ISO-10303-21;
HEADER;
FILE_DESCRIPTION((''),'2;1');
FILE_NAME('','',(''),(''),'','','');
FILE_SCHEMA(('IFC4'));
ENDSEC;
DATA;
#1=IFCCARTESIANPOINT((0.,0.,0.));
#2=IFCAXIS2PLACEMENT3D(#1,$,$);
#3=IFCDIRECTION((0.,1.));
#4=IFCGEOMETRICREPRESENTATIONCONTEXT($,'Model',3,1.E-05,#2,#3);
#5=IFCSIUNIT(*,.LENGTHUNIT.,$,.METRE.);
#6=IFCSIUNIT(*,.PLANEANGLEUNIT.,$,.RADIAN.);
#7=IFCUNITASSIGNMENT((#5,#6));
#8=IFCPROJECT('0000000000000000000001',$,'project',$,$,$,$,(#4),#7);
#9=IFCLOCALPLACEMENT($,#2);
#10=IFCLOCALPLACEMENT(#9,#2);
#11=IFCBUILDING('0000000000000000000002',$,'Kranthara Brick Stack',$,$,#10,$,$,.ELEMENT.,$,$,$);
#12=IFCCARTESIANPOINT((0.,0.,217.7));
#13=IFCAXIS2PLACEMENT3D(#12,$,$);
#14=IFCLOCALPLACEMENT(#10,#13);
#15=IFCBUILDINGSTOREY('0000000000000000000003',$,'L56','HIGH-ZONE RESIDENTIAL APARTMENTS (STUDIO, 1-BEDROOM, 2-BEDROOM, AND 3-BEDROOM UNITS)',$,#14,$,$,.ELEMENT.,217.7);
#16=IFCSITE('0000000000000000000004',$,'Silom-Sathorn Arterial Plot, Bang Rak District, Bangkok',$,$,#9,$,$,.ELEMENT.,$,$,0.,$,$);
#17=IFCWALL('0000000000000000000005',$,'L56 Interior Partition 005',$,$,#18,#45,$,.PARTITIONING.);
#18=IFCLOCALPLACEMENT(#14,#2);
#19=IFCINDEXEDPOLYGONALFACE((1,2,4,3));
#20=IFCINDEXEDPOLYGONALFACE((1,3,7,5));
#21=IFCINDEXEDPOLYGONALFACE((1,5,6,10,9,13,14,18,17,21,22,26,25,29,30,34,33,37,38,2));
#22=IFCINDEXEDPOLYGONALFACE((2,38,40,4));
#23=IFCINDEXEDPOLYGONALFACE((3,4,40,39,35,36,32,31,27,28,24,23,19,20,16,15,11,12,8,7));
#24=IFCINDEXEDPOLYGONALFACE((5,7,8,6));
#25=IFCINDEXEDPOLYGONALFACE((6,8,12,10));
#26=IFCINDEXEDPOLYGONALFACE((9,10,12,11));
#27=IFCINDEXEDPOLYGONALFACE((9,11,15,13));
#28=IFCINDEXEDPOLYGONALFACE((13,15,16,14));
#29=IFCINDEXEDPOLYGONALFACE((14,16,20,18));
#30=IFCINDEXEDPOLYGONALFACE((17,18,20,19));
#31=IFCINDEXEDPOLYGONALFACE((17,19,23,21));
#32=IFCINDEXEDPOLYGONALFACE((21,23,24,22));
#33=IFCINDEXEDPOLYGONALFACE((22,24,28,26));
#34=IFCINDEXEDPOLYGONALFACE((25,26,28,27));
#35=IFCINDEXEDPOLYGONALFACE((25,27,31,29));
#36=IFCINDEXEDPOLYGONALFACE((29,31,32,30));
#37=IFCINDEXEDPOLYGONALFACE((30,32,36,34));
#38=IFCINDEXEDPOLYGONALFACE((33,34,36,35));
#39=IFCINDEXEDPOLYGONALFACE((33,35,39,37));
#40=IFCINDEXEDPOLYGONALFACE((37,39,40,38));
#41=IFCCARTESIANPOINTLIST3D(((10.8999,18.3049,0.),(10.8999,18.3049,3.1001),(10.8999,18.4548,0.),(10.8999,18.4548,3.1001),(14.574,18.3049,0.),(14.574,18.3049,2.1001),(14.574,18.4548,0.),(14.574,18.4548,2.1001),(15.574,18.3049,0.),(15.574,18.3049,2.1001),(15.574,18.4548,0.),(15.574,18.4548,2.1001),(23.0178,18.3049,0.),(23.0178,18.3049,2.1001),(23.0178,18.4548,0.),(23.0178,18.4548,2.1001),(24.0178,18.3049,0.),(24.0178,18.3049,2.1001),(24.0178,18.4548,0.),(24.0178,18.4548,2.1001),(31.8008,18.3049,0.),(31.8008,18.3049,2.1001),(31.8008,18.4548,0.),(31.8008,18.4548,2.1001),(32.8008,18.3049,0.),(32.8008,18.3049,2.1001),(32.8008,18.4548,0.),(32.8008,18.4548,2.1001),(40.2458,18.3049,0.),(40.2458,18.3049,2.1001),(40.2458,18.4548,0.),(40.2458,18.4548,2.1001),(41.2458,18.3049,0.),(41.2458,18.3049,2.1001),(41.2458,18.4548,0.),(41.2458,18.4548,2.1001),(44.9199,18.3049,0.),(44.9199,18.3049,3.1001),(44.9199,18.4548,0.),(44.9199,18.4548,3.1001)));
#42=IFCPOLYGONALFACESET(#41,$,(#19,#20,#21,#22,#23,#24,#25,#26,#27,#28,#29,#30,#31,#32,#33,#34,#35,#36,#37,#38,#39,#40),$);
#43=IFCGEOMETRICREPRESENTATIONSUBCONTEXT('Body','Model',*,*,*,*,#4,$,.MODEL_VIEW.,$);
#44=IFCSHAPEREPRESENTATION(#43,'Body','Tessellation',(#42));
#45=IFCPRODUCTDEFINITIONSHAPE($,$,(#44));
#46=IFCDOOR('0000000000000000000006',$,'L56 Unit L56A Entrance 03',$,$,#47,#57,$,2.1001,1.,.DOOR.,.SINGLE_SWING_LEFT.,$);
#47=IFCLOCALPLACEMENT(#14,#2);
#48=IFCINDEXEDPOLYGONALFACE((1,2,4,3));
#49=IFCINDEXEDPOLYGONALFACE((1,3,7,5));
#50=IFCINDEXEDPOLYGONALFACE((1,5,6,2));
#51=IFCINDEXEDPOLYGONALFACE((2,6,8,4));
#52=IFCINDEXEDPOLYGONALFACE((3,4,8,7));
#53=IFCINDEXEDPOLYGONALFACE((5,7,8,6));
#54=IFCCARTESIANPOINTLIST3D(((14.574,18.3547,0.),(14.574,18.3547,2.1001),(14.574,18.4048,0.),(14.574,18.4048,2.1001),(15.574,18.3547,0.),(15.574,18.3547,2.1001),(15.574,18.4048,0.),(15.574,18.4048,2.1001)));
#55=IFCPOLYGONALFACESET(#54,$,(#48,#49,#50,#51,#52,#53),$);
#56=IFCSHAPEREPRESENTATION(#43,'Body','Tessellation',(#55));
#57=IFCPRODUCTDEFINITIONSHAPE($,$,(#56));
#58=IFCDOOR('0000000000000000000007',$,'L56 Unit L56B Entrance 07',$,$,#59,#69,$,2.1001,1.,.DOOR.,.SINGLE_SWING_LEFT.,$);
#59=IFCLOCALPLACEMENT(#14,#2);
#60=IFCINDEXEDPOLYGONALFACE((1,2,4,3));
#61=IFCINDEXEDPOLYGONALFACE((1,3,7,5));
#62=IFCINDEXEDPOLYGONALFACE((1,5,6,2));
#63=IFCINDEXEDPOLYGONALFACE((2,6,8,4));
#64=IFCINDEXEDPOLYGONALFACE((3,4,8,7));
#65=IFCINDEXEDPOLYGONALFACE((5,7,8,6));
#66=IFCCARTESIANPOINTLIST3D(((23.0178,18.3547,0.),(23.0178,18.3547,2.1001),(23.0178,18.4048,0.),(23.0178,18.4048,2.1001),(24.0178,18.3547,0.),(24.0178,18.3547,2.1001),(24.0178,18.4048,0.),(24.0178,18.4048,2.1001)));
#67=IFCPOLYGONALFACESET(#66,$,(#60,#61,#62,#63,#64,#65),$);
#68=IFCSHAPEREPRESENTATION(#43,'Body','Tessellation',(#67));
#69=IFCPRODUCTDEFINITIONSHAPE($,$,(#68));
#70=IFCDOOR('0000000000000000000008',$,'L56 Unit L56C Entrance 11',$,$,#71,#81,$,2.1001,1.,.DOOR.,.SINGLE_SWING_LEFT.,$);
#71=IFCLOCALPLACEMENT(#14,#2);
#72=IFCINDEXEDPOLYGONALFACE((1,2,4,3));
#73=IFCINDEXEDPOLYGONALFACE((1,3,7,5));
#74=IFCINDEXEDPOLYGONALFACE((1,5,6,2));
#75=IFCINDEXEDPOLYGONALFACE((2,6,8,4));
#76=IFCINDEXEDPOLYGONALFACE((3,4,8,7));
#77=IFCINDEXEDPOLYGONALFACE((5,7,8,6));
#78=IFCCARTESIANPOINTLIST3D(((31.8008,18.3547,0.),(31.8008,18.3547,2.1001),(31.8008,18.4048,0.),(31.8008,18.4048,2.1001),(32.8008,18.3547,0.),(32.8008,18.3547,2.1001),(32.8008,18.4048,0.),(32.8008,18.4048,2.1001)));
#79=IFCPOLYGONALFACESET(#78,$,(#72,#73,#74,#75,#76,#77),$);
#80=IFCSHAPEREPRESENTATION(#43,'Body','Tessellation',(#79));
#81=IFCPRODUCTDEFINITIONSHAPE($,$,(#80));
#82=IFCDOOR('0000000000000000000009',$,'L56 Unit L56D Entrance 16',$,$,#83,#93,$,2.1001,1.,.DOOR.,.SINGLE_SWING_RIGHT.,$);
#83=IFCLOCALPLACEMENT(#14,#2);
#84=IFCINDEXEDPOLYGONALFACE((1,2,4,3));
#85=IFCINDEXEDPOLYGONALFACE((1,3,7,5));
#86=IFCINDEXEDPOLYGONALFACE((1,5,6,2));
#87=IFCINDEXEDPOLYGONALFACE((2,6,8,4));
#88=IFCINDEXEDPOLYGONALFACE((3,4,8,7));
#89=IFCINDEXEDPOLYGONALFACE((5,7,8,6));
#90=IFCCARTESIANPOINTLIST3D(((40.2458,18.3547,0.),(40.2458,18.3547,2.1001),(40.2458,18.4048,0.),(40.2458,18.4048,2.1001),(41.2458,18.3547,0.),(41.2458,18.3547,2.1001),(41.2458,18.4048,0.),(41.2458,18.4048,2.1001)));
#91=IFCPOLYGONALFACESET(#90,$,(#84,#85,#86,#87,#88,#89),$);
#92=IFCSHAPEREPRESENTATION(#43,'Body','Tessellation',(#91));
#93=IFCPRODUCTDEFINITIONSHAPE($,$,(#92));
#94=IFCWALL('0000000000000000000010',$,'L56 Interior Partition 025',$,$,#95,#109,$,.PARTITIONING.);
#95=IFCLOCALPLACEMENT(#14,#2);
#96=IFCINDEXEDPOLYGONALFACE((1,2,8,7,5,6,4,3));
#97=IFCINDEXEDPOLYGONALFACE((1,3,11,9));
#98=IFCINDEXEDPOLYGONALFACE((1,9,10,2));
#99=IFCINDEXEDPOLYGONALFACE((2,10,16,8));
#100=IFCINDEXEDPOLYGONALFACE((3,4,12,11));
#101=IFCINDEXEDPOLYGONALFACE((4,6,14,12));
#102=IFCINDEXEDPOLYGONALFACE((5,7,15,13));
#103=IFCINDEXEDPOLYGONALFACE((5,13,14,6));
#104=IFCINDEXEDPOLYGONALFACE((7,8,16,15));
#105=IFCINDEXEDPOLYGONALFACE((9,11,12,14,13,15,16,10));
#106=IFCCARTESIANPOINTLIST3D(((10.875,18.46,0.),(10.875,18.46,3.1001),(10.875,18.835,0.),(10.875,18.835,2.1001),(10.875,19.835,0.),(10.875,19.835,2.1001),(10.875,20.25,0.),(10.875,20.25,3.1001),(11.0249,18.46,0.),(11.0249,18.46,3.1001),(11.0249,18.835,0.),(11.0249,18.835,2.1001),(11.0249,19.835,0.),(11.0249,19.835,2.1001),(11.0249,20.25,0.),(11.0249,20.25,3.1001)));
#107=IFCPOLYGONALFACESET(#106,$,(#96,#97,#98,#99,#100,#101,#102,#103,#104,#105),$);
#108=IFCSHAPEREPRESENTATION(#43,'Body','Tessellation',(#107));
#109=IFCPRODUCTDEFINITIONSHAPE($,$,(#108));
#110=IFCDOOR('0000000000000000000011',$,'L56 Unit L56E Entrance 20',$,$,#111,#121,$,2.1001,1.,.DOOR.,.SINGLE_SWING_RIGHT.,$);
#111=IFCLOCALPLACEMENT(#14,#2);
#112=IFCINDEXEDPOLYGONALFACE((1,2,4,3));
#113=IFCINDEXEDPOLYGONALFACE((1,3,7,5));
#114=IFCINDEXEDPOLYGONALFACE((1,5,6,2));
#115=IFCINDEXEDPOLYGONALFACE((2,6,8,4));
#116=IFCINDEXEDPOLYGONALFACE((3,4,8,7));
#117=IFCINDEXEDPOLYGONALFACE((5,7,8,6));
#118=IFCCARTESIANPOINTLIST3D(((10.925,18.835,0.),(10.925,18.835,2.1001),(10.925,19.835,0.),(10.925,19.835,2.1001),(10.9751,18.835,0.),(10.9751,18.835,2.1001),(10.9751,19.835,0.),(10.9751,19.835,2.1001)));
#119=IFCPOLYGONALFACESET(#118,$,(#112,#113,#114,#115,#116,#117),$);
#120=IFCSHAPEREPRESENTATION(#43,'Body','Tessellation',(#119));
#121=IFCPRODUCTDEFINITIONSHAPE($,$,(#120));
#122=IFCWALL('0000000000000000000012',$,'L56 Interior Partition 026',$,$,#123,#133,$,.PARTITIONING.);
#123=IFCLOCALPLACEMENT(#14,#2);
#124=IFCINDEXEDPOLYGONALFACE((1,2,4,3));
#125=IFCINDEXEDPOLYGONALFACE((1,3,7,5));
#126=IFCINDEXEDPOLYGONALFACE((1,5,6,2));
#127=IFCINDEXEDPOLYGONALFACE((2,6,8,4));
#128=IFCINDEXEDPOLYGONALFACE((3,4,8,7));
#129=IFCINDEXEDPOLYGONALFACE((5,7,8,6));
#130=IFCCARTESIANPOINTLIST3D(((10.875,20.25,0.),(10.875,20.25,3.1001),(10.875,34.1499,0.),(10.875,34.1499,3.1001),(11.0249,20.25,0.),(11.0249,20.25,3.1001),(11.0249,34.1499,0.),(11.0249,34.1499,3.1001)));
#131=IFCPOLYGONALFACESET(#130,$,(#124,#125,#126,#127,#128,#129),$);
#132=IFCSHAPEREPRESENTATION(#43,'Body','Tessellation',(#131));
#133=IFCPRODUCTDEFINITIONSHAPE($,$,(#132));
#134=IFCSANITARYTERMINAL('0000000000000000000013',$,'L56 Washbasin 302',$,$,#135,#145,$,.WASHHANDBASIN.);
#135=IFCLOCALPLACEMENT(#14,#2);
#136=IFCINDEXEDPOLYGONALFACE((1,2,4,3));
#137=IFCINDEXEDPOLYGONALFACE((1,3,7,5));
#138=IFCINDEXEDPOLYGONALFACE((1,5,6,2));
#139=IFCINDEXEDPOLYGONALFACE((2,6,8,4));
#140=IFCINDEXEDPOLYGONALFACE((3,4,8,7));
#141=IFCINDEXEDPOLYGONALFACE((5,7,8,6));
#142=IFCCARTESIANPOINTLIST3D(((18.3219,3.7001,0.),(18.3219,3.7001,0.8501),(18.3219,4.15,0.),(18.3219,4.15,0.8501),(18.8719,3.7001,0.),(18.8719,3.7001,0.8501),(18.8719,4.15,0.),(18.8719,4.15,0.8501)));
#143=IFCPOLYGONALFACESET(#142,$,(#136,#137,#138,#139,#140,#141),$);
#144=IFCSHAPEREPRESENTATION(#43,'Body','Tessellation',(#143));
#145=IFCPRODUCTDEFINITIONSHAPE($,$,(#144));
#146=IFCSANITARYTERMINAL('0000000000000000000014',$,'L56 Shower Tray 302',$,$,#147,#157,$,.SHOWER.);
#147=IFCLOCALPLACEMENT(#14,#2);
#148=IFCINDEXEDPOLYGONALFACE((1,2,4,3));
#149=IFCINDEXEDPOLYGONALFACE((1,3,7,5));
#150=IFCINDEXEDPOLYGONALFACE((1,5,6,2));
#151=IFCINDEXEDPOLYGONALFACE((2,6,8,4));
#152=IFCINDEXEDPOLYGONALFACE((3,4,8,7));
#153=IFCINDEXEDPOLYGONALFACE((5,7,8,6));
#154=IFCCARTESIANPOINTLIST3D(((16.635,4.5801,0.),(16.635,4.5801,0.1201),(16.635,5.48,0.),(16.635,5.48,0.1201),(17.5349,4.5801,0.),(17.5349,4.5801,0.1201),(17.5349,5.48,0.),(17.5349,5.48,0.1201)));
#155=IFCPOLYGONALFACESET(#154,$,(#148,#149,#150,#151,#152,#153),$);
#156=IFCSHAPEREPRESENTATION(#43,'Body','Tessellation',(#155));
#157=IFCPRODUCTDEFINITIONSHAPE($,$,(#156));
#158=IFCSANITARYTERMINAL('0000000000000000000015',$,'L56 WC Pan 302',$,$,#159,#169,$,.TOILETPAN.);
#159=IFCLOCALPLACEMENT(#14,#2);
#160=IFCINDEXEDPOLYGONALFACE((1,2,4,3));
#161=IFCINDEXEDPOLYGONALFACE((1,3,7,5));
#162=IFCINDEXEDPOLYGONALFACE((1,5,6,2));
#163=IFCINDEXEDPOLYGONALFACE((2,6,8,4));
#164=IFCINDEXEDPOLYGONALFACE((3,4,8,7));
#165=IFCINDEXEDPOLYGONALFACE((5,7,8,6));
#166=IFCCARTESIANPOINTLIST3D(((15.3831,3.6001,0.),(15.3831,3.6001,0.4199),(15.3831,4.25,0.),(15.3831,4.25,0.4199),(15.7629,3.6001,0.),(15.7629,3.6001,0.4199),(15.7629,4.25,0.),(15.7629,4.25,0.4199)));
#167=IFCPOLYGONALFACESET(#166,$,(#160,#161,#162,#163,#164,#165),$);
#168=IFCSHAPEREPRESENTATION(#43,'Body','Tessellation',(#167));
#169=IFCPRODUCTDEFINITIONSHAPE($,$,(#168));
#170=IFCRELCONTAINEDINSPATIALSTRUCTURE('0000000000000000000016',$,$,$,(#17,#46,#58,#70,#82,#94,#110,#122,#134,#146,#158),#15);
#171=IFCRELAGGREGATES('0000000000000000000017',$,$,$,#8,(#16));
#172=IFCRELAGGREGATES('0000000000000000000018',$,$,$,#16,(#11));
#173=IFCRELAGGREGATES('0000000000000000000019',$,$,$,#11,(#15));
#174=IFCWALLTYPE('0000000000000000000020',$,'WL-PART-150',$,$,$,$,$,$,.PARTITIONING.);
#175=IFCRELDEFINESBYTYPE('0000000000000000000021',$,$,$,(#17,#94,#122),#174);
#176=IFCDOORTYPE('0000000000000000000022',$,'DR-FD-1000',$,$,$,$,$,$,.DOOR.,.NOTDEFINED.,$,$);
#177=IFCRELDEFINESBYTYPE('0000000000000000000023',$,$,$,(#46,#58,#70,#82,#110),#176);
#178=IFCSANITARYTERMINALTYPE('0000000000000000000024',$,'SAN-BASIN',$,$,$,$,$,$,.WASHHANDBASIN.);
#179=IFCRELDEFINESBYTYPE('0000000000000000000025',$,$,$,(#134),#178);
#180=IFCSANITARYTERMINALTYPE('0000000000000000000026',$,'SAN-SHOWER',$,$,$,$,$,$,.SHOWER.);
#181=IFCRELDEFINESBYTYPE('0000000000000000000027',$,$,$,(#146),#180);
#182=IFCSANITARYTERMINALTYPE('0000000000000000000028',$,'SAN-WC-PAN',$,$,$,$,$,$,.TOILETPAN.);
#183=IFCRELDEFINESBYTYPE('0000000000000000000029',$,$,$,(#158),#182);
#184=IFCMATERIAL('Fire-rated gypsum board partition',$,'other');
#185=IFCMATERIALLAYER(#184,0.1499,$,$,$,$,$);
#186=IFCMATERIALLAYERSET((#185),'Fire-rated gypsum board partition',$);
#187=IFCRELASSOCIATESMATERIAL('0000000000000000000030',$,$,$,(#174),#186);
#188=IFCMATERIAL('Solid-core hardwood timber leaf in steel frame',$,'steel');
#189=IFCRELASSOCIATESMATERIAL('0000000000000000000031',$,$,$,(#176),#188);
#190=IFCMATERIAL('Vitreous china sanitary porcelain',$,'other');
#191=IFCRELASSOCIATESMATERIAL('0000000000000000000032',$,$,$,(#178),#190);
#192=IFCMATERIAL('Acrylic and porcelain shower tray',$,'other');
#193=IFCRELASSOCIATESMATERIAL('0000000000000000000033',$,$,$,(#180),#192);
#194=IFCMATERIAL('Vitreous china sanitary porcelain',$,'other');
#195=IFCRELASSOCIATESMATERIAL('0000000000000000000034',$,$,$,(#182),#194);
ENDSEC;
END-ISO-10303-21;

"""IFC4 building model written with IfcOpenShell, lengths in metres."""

from ifc_helpers import new_model, si_unit, direction, frame, frame_2d, origin, origin_2d, place, context, subcontext, project, spatial, rectangle, extrude, material, layer, layer_set, type_object, element, fill, save


model = new_model("IFC4")

# Units and contexts
model_context = context("Model", 3, precision=1e-05, world=origin(), true_north=direction((0.0, 1.0)))
body_context = subcontext(model_context, "Body", "Model", "MODEL_VIEW")
ifc_project = project(units=[si_unit("LENGTHUNIT", "METRE"), si_unit("PLANEANGLEUNIT", "RADIAN")], contexts=[model_context])

# Site, building, storey
site_placement = place(None, origin())
site = spatial("IfcSite", under=ifc_project, at=site_placement, Name="Silom-Sathorn Arterial Plot, Bang Rak District, Bangkok", CompositionType="ELEMENT", RefElevation=0.0)
building_placement = place(site_placement, origin())
building = spatial("IfcBuilding", under=site, at=building_placement, Name="Kranthara Brick Stack", CompositionType="ELEMENT")
storey_placement = place(building_placement, frame((0.0, 0.0, 217.7)))
storey = spatial("IfcBuildingStorey", under=building, at=storey_placement, Name="L56", Description="HIGH-ZONE RESIDENTIAL APARTMENTS (STUDIO, 1-BEDROOM, 2-BEDROOM, AND 3-BEDROOM UNITS)", CompositionType="ELEMENT", Elevation=217.7)

# Wall, openings, doors
ifc_material_1 = material(Name="Fire-rated gypsum board partition", Category="other")
ifc_layer_1 = layer(ifc_material_1, 0.1499)
ifc_layer_set_1 = layer_set([ifc_layer_1], Name="Fire-rated gypsum board partition")
wall_type_1 = type_object("IfcWallType", Name="WL-PART-150", PredefinedType="PARTITIONING", material=ifc_layer_set_1)
wall_1_placement = place(storey_placement, frame((10.8999, 18.3799, 0.0), z_axis=(0.0, 0.0, 1.0), x_axis=(1.0, 0.0, 0.0)))
wall_1 = element("IfcWall", 1, at=wall_1_placement, inside=storey, type_object=wall_type_1, Name="L56 Interior Partition 005", PredefinedType="PARTITIONING", context=body_context, shape_type="SweptSolid", body=[
    extrude(rectangle(XDim=34.02, YDim=0.1499, at=frame_2d((17.01, 0.0))), origin(), (0.0, 0.0, 1.0), 3.1001),
])
opening_1_placement = place(wall_1_placement, frame((3.6741, 0.0, 0.0)))
opening_1 = element("IfcOpeningElement", 2, at=opening_1_placement, cuts=wall_1, PredefinedType="OPENING", context=body_context, shape_type="SweptSolid", body=[
    extrude(rectangle(XDim=1.0, YDim=2.1001, at=frame_2d((0.5, 1.05))), frame((0.0, 0.085, 0.0), z_axis=(0.0, -1.0, 0.0), x_axis=(1.0, 0.0, 0.0)), (0.0, 0.0, 1.0), 0.1699),
])
opening_2_placement = place(wall_1_placement, frame((12.1179, 0.0, 0.0)))
opening_2 = element("IfcOpeningElement", 3, at=opening_2_placement, cuts=wall_1, PredefinedType="OPENING", context=body_context, shape_type="SweptSolid", body=[
    extrude(rectangle(XDim=1.0, YDim=2.1001, at=frame_2d((0.5, 1.05))), frame((0.0, 0.085, 0.0), z_axis=(0.0, -1.0, 0.0), x_axis=(1.0, 0.0, 0.0)), (0.0, 0.0, 1.0), 0.1699),
])
opening_3_placement = place(wall_1_placement, frame((20.9009, 0.0, 0.0)))
opening_3 = element("IfcOpeningElement", 4, at=opening_3_placement, cuts=wall_1, PredefinedType="OPENING", context=body_context, shape_type="SweptSolid", body=[
    extrude(rectangle(XDim=1.0, YDim=2.1001, at=frame_2d((0.5, 1.05))), frame((0.0, 0.085, 0.0), z_axis=(0.0, -1.0, 0.0), x_axis=(1.0, 0.0, 0.0)), (0.0, 0.0, 1.0), 0.1699),
])
opening_4_placement = place(wall_1_placement, frame((29.3459, 0.0, 0.0)))
opening_4 = element("IfcOpeningElement", 5, at=opening_4_placement, cuts=wall_1, PredefinedType="OPENING", context=body_context, shape_type="SweptSolid", body=[
    extrude(rectangle(XDim=1.0, YDim=2.1001, at=frame_2d((0.5, 1.05))), frame((0.0, 0.085, 0.0), z_axis=(0.0, -1.0, 0.0), x_axis=(1.0, 0.0, 0.0)), (0.0, 0.0, 1.0), 0.1699),
])
ifc_material_2 = material(Name="Solid-core hardwood timber leaf in steel frame", Category="steel")
door_type_1 = type_object("IfcDoorType", Name="DR-FD-1000", OperationType="NOTDEFINED", PredefinedType="DOOR", material=ifc_material_2)
door_1_placement = place(opening_1_placement, origin())
door_1 = element("IfcDoor", 6, at=door_1_placement, inside=storey, type_object=door_type_1, Name="L56 Unit L56A Entrance 03", OperationType="SINGLE_SWING_LEFT", OverallHeight=2.1001, OverallWidth=1.0, PredefinedType="DOOR", context=body_context, shape_type="SweptSolid", body=[
    extrude(rectangle(XDim=1.0, YDim=2.1001, at=frame_2d((0.5, 1.05))), frame((0.0, 0.0249, 0.0), z_axis=(0.0, -1.0, 0.0), x_axis=(1.0, 0.0, 0.0)), (0.0, 0.0, 1.0), 0.05),
])
fill(opening_1, door_1)
door_2_placement = place(opening_2_placement, origin())
door_2 = element("IfcDoor", 7, at=door_2_placement, inside=storey, type_object=door_type_1, Name="L56 Unit L56B Entrance 07", OperationType="SINGLE_SWING_LEFT", OverallHeight=2.1001, OverallWidth=1.0, PredefinedType="DOOR", context=body_context, shape_type="SweptSolid", body=[
    extrude(rectangle(XDim=1.0, YDim=2.1001, at=frame_2d((0.5, 1.05))), frame((0.0, 0.0249, 0.0), z_axis=(0.0, -1.0, 0.0), x_axis=(1.0, 0.0, 0.0)), (0.0, 0.0, 1.0), 0.05),
])
fill(opening_2, door_2)
door_3_placement = place(opening_3_placement, origin())
door_3 = element("IfcDoor", 8, at=door_3_placement, inside=storey, type_object=door_type_1, Name="L56 Unit L56C Entrance 11", OperationType="SINGLE_SWING_LEFT", OverallHeight=2.1001, OverallWidth=1.0, PredefinedType="DOOR", context=body_context, shape_type="SweptSolid", body=[
    extrude(rectangle(XDim=1.0, YDim=2.1001, at=frame_2d((0.5, 1.05))), frame((0.0, 0.0249, 0.0), z_axis=(0.0, -1.0, 0.0), x_axis=(1.0, 0.0, 0.0)), (0.0, 0.0, 1.0), 0.05),
])
fill(opening_3, door_3)
door_4_placement = place(opening_4_placement, origin())
door_4 = element("IfcDoor", 9, at=door_4_placement, inside=storey, type_object=door_type_1, Name="L56 Unit L56D Entrance 16", OperationType="SINGLE_SWING_RIGHT", OverallHeight=2.1001, OverallWidth=1.0, PredefinedType="DOOR", context=body_context, shape_type="SweptSolid", body=[
    extrude(rectangle(XDim=1.0, YDim=2.1001, at=frame_2d((0.5, 1.05))), frame((0.0, 0.0249, 0.0), z_axis=(0.0, -1.0, 0.0), x_axis=(1.0, 0.0, 0.0)), (0.0, 0.0, 1.0), 0.05),
])
fill(opening_4, door_4)

# Wall, opening, door
wall_2_placement = place(storey_placement, frame((10.95, 18.46, 0.0), z_axis=(0.0, 0.0, 1.0), x_axis=(0.0, 1.0, 0.0)))
wall_2 = element("IfcWall", 10, at=wall_2_placement, inside=storey, type_object=wall_type_1, Name="L56 Interior Partition 025", PredefinedType="PARTITIONING", context=body_context, shape_type="SweptSolid", body=[
    extrude(rectangle(XDim=1.79, YDim=0.1499, at=frame_2d((0.895, 0.0))), origin(), (0.0, 0.0, 1.0), 3.1001),
])
opening_5_placement = place(wall_2_placement, frame((0.375, 0.0, 0.0)))
opening_5 = element("IfcOpeningElement", 11, at=opening_5_placement, cuts=wall_2, PredefinedType="OPENING", context=body_context, shape_type="SweptSolid", body=[
    extrude(rectangle(XDim=1.0, YDim=2.1001, at=frame_2d((0.5, 1.05))), frame((0.0, 0.085, 0.0), z_axis=(0.0, -1.0, 0.0), x_axis=(1.0, 0.0, 0.0)), (0.0, 0.0, 1.0), 0.1699),
])
door_5_placement = place(opening_5_placement, origin())
door_5 = element("IfcDoor", 12, at=door_5_placement, inside=storey, type_object=door_type_1, Name="L56 Unit L56E Entrance 20", OperationType="SINGLE_SWING_RIGHT", OverallHeight=2.1001, OverallWidth=1.0, PredefinedType="DOOR", context=body_context, shape_type="SweptSolid", body=[
    extrude(rectangle(XDim=1.0, YDim=2.1001, at=frame_2d((0.5, 1.05))), frame((0.0, 0.0249, 0.0), z_axis=(0.0, -1.0, 0.0), x_axis=(1.0, 0.0, 0.0)), (0.0, 0.0, 1.0), 0.05),
])
fill(opening_5, door_5)

# Wall
wall_3_placement = place(storey_placement, frame((10.95, 20.25, 0.0), z_axis=(0.0, 0.0, 1.0), x_axis=(0.0, 1.0, 0.0)))
element("IfcWall", 13, at=wall_3_placement, inside=storey, type_object=wall_type_1, Name="L56 Interior Partition 026", PredefinedType="PARTITIONING", context=body_context, shape_type="SweptSolid", body=[
    extrude(rectangle(XDim=13.8999, YDim=0.1499, at=frame_2d((6.95, 0.0))), origin(), (0.0, 0.0, 1.0), 3.1001),
])

# Sanitary terminals
ifc_material_3 = material(Name="Vitreous china sanitary porcelain", Category="other")
sanitary_terminal_type_1 = type_object("IfcSanitaryTerminalType", Name="SAN-BASIN", PredefinedType="WASHHANDBASIN", material=ifc_material_3)
sanitary_terminal_1_placement = place(storey_placement, frame((18.5969, 3.925, 0.0), z_axis=(0.0, 0.0, 1.0), x_axis=(1.0, 0.0, 0.0)))
element("IfcSanitaryTerminal", 14, at=sanitary_terminal_1_placement, inside=storey, type_object=sanitary_terminal_type_1, Name="L56 Washbasin 302", PredefinedType="WASHHANDBASIN", context=body_context, shape_type="SweptSolid", body=[
    extrude(rectangle(XDim=0.55, YDim=0.45, at=origin_2d()), origin(), (0.0, 0.0, 1.0), 0.8501),
])
ifc_material_4 = material(Name="Acrylic and porcelain shower tray", Category="other")
sanitary_terminal_type_2 = type_object("IfcSanitaryTerminalType", Name="SAN-SHOWER", PredefinedType="SHOWER", material=ifc_material_4)
sanitary_terminal_2_placement = place(storey_placement, frame((17.085, 5.03, 0.0), z_axis=(0.0, 0.0, 1.0), x_axis=(1.0, 0.0, 0.0)))
element("IfcSanitaryTerminal", 15, at=sanitary_terminal_2_placement, inside=storey, type_object=sanitary_terminal_type_2, Name="L56 Shower Tray 302", PredefinedType="SHOWER", context=body_context, shape_type="SweptSolid", body=[
    extrude(rectangle(XDim=0.8999, YDim=0.8999, at=origin_2d()), origin(), (0.0, 0.0, 1.0), 0.1201),
])
ifc_material_5 = material(Name="Vitreous china sanitary porcelain", Category="other")
sanitary_terminal_type_3 = type_object("IfcSanitaryTerminalType", Name="SAN-WC-PAN", PredefinedType="TOILETPAN", material=ifc_material_5)
sanitary_terminal_3_placement = place(storey_placement, frame((15.573, 3.925, 0.0), z_axis=(0.0, 0.0, 1.0), x_axis=(1.0, 0.0, 0.0)))
element("IfcSanitaryTerminal", 16, at=sanitary_terminal_3_placement, inside=storey, type_object=sanitary_terminal_type_3, Name="L56 WC Pan 302", PredefinedType="TOILETPAN", context=body_context, shape_type="SweptSolid", body=[
    extrude(rectangle(XDim=0.3799, YDim=0.6499, at=origin_2d()), origin(), (0.0, 0.0, 1.0), 0.4199),
])

save(model, "model.ifc")
